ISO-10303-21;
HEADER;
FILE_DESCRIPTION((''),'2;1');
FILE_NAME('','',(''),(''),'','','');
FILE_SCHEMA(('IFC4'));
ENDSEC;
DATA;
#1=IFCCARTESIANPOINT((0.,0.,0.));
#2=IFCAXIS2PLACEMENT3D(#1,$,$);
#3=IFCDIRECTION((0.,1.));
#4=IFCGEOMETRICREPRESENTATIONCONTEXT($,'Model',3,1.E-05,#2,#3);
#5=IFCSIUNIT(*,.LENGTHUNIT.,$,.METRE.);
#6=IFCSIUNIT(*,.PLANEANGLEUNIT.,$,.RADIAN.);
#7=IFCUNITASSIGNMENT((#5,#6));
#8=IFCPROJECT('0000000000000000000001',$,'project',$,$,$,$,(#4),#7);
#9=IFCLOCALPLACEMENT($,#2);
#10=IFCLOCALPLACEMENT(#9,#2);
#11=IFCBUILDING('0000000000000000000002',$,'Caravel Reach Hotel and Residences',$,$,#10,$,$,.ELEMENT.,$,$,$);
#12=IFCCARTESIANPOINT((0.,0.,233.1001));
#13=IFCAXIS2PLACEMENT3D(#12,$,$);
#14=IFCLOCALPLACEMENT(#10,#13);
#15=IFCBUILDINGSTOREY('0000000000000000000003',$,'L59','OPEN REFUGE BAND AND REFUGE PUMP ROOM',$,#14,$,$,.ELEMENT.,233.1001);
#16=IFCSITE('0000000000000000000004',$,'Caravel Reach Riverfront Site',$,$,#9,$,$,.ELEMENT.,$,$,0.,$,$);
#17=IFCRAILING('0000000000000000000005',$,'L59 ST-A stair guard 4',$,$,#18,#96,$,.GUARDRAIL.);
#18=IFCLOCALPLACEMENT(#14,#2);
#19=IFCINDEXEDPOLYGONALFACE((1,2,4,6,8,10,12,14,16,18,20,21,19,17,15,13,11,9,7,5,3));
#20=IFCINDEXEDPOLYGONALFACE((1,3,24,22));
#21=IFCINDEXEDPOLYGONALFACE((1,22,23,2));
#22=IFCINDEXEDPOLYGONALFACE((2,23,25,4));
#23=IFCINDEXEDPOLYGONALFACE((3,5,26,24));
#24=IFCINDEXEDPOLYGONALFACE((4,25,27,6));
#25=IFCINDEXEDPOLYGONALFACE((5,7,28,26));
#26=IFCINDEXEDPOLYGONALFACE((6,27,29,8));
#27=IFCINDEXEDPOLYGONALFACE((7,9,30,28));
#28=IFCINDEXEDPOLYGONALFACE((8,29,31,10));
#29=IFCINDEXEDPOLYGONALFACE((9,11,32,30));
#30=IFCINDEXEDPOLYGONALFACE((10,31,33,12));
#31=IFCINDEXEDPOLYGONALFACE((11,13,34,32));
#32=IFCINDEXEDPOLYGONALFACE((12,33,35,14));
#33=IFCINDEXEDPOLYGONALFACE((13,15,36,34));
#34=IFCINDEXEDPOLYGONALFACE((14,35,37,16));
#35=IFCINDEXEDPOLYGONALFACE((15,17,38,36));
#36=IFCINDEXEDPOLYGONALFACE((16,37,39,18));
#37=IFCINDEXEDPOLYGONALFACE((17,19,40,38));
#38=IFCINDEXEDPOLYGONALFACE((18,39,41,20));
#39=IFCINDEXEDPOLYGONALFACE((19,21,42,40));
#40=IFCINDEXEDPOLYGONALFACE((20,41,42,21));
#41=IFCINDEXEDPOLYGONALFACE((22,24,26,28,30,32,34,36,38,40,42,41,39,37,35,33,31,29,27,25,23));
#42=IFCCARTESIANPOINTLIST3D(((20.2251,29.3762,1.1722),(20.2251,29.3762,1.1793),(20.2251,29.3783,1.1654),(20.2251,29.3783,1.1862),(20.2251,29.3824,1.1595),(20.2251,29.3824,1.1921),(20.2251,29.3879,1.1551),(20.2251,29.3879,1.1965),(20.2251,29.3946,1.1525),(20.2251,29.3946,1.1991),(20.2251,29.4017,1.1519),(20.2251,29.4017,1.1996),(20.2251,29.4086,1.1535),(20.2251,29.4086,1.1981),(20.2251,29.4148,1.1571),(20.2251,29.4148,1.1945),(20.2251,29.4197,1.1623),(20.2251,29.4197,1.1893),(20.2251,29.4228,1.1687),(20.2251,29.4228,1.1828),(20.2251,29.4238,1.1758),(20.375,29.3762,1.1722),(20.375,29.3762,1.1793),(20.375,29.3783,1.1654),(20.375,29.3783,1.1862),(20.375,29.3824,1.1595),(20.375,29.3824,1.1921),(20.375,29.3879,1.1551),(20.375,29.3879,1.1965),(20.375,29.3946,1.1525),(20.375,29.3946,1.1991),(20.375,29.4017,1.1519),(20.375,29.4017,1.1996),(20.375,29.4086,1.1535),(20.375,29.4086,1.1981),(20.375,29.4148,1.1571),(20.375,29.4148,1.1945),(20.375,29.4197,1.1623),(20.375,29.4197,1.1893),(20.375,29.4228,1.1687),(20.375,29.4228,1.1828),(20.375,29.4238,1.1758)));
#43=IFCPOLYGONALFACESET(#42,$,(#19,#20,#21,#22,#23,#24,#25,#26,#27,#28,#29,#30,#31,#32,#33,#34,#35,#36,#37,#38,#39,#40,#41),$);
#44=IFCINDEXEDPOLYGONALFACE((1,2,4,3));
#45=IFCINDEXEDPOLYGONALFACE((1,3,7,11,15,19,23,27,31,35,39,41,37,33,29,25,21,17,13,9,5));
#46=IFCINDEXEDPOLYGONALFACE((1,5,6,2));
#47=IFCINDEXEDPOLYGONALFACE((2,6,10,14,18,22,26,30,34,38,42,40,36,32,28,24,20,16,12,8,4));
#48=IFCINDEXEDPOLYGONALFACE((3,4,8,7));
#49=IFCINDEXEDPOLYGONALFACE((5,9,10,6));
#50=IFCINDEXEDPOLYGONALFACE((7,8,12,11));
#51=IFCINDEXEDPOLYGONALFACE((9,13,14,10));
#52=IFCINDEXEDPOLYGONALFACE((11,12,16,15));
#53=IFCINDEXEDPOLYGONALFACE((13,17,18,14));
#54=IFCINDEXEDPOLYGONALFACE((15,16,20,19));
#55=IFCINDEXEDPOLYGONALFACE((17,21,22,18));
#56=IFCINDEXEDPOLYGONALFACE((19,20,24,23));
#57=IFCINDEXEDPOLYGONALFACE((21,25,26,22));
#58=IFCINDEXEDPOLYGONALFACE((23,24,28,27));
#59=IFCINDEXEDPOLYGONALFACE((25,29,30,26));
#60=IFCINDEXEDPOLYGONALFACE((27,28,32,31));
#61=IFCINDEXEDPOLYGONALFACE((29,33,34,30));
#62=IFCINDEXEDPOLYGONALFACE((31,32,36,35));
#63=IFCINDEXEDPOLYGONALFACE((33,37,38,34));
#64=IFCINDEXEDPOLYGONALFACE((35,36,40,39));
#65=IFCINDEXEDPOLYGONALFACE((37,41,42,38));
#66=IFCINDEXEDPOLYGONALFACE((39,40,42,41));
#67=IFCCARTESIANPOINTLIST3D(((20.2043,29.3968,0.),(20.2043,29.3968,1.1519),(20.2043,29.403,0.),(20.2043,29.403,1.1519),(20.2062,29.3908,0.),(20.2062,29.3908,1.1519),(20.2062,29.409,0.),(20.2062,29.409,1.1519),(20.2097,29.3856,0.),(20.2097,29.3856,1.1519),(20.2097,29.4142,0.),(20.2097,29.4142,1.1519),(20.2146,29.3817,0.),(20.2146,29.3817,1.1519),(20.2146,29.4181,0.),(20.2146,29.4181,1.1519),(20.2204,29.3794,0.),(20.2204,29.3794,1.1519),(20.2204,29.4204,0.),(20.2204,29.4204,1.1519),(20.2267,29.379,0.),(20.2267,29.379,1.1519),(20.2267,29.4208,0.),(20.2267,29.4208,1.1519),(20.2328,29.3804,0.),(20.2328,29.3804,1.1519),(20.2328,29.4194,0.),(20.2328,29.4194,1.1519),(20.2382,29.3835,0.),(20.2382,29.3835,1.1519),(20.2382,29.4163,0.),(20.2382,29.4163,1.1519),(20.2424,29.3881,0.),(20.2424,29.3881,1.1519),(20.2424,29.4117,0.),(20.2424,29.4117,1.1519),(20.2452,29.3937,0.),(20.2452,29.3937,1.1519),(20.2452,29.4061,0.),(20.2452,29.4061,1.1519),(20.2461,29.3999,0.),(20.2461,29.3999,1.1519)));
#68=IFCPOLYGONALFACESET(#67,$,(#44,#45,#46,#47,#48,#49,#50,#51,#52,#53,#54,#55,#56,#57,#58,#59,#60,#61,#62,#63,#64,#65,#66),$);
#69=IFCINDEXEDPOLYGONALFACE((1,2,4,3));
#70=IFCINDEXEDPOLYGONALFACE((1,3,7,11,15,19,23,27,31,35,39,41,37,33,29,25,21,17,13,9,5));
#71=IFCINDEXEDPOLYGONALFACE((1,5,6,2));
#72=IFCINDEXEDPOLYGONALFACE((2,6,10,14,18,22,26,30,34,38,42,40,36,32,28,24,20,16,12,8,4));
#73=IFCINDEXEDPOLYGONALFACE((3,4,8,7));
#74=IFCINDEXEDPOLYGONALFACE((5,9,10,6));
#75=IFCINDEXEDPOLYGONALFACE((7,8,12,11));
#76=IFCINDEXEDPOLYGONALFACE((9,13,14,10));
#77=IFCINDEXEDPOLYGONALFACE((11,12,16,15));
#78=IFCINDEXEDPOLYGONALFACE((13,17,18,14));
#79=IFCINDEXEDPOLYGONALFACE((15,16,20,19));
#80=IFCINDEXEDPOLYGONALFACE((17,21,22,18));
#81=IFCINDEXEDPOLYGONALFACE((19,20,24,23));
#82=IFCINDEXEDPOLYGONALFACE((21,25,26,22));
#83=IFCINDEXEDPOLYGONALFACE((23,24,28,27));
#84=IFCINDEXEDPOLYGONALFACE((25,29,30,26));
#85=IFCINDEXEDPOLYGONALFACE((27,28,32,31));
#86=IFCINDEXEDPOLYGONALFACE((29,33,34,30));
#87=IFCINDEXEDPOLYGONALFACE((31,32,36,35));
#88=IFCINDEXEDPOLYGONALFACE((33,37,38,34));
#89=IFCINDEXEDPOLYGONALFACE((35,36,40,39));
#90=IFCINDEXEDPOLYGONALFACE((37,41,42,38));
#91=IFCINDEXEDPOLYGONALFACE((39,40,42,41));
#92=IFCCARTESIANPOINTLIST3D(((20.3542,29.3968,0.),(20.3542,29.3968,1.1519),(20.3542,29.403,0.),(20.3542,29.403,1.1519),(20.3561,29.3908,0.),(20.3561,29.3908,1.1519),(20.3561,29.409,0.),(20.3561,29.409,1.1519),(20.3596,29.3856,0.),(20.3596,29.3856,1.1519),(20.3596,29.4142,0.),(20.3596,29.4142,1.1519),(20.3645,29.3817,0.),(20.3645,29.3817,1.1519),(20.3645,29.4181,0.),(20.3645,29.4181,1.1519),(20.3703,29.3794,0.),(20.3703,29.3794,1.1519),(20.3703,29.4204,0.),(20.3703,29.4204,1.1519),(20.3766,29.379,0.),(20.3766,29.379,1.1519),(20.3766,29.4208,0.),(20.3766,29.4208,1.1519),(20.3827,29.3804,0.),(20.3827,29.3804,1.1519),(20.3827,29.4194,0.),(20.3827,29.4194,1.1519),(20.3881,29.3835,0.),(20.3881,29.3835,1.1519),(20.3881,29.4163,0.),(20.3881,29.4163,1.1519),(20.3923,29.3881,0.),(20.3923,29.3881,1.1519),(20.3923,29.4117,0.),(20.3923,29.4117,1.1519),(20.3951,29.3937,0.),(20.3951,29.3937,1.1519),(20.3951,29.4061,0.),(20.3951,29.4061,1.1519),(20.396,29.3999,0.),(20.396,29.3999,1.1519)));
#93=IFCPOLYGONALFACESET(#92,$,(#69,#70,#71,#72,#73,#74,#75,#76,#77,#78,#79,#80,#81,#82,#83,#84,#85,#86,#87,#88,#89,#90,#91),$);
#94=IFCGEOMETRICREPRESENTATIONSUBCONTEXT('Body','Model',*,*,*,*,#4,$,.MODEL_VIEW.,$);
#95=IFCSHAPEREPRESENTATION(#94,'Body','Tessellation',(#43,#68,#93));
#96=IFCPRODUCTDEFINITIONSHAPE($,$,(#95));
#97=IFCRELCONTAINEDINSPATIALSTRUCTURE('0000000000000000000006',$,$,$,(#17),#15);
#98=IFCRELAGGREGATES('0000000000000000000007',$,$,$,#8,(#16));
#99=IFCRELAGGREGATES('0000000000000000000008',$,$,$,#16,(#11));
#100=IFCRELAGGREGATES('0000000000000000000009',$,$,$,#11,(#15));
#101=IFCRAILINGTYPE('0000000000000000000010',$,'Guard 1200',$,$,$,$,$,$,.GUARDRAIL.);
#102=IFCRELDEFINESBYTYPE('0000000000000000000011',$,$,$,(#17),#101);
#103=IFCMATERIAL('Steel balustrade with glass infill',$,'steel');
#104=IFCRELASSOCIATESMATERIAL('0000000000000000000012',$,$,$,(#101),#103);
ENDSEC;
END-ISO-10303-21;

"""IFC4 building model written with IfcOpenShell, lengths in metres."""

from ifc_helpers import new_model, si_unit, direction, frame, origin, origin_2d, place, context, subcontext, project, spatial, circle, extrude, material, type_object, element, save


model = new_model("IFC4")

# Units and contexts
model_context = context("Model", 3, precision=1e-05, world=origin(), true_north=direction((0.0, 1.0)))
body_context = subcontext(model_context, "Body", "Model", "MODEL_VIEW")
ifc_project = project(units=[si_unit("LENGTHUNIT", "METRE"), si_unit("PLANEANGLEUNIT", "RADIAN")], contexts=[model_context])

# Site, building, storey
site_placement = place(None, origin())
site = spatial("IfcSite", under=ifc_project, at=site_placement, Name="Caravel Reach Riverfront Site", CompositionType="ELEMENT", RefElevation=0.0)
building_placement = place(site_placement, origin())
building = spatial("IfcBuilding", under=site, at=building_placement, Name="Caravel Reach Hotel and Residences", CompositionType="ELEMENT")
storey_placement = place(building_placement, frame((0.0, 0.0, 233.1001)))
storey = spatial("IfcBuildingStorey", under=building, at=storey_placement, Name="L59", Description="OPEN REFUGE BAND AND REFUGE PUMP ROOM", CompositionType="ELEMENT", Elevation=233.1001)

# Railing
ifc_material_1 = material(Name="Steel balustrade with glass infill", Category="steel")
railing_type_1 = type_object("IfcRailingType", Name="Guard 1200", PredefinedType="GUARDRAIL", material=ifc_material_1)
railing_1_placement = place(storey_placement, frame((20.2251, 29.3999, 0.0)))
element("IfcRailing", 1, at=railing_1_placement, inside=storey, type_object=railing_type_1, Name="L59 ST-A stair guard 4", PredefinedType="GUARDRAIL", context=body_context, shape_type="SweptSolid", body=[
    extrude(circle(Radius=0.0239, at=origin_2d()), frame((0.0, 0.0, 1.1758), z_axis=(1.0, 0.0, 0.0), x_axis=(0.0, 1.0, 0.0)), (0.0, 0.0, 1.0), 0.1499),
    extrude(circle(Radius=0.021, at=origin_2d()), origin(), (0.0, 0.0, 1.0), 1.1519),
    extrude(circle(Radius=0.021, at=origin_2d()), frame((0.1499, 0.0, 0.0)), (0.0, 0.0, 1.0), 1.1519),
])

save(model, "model.ifc")
